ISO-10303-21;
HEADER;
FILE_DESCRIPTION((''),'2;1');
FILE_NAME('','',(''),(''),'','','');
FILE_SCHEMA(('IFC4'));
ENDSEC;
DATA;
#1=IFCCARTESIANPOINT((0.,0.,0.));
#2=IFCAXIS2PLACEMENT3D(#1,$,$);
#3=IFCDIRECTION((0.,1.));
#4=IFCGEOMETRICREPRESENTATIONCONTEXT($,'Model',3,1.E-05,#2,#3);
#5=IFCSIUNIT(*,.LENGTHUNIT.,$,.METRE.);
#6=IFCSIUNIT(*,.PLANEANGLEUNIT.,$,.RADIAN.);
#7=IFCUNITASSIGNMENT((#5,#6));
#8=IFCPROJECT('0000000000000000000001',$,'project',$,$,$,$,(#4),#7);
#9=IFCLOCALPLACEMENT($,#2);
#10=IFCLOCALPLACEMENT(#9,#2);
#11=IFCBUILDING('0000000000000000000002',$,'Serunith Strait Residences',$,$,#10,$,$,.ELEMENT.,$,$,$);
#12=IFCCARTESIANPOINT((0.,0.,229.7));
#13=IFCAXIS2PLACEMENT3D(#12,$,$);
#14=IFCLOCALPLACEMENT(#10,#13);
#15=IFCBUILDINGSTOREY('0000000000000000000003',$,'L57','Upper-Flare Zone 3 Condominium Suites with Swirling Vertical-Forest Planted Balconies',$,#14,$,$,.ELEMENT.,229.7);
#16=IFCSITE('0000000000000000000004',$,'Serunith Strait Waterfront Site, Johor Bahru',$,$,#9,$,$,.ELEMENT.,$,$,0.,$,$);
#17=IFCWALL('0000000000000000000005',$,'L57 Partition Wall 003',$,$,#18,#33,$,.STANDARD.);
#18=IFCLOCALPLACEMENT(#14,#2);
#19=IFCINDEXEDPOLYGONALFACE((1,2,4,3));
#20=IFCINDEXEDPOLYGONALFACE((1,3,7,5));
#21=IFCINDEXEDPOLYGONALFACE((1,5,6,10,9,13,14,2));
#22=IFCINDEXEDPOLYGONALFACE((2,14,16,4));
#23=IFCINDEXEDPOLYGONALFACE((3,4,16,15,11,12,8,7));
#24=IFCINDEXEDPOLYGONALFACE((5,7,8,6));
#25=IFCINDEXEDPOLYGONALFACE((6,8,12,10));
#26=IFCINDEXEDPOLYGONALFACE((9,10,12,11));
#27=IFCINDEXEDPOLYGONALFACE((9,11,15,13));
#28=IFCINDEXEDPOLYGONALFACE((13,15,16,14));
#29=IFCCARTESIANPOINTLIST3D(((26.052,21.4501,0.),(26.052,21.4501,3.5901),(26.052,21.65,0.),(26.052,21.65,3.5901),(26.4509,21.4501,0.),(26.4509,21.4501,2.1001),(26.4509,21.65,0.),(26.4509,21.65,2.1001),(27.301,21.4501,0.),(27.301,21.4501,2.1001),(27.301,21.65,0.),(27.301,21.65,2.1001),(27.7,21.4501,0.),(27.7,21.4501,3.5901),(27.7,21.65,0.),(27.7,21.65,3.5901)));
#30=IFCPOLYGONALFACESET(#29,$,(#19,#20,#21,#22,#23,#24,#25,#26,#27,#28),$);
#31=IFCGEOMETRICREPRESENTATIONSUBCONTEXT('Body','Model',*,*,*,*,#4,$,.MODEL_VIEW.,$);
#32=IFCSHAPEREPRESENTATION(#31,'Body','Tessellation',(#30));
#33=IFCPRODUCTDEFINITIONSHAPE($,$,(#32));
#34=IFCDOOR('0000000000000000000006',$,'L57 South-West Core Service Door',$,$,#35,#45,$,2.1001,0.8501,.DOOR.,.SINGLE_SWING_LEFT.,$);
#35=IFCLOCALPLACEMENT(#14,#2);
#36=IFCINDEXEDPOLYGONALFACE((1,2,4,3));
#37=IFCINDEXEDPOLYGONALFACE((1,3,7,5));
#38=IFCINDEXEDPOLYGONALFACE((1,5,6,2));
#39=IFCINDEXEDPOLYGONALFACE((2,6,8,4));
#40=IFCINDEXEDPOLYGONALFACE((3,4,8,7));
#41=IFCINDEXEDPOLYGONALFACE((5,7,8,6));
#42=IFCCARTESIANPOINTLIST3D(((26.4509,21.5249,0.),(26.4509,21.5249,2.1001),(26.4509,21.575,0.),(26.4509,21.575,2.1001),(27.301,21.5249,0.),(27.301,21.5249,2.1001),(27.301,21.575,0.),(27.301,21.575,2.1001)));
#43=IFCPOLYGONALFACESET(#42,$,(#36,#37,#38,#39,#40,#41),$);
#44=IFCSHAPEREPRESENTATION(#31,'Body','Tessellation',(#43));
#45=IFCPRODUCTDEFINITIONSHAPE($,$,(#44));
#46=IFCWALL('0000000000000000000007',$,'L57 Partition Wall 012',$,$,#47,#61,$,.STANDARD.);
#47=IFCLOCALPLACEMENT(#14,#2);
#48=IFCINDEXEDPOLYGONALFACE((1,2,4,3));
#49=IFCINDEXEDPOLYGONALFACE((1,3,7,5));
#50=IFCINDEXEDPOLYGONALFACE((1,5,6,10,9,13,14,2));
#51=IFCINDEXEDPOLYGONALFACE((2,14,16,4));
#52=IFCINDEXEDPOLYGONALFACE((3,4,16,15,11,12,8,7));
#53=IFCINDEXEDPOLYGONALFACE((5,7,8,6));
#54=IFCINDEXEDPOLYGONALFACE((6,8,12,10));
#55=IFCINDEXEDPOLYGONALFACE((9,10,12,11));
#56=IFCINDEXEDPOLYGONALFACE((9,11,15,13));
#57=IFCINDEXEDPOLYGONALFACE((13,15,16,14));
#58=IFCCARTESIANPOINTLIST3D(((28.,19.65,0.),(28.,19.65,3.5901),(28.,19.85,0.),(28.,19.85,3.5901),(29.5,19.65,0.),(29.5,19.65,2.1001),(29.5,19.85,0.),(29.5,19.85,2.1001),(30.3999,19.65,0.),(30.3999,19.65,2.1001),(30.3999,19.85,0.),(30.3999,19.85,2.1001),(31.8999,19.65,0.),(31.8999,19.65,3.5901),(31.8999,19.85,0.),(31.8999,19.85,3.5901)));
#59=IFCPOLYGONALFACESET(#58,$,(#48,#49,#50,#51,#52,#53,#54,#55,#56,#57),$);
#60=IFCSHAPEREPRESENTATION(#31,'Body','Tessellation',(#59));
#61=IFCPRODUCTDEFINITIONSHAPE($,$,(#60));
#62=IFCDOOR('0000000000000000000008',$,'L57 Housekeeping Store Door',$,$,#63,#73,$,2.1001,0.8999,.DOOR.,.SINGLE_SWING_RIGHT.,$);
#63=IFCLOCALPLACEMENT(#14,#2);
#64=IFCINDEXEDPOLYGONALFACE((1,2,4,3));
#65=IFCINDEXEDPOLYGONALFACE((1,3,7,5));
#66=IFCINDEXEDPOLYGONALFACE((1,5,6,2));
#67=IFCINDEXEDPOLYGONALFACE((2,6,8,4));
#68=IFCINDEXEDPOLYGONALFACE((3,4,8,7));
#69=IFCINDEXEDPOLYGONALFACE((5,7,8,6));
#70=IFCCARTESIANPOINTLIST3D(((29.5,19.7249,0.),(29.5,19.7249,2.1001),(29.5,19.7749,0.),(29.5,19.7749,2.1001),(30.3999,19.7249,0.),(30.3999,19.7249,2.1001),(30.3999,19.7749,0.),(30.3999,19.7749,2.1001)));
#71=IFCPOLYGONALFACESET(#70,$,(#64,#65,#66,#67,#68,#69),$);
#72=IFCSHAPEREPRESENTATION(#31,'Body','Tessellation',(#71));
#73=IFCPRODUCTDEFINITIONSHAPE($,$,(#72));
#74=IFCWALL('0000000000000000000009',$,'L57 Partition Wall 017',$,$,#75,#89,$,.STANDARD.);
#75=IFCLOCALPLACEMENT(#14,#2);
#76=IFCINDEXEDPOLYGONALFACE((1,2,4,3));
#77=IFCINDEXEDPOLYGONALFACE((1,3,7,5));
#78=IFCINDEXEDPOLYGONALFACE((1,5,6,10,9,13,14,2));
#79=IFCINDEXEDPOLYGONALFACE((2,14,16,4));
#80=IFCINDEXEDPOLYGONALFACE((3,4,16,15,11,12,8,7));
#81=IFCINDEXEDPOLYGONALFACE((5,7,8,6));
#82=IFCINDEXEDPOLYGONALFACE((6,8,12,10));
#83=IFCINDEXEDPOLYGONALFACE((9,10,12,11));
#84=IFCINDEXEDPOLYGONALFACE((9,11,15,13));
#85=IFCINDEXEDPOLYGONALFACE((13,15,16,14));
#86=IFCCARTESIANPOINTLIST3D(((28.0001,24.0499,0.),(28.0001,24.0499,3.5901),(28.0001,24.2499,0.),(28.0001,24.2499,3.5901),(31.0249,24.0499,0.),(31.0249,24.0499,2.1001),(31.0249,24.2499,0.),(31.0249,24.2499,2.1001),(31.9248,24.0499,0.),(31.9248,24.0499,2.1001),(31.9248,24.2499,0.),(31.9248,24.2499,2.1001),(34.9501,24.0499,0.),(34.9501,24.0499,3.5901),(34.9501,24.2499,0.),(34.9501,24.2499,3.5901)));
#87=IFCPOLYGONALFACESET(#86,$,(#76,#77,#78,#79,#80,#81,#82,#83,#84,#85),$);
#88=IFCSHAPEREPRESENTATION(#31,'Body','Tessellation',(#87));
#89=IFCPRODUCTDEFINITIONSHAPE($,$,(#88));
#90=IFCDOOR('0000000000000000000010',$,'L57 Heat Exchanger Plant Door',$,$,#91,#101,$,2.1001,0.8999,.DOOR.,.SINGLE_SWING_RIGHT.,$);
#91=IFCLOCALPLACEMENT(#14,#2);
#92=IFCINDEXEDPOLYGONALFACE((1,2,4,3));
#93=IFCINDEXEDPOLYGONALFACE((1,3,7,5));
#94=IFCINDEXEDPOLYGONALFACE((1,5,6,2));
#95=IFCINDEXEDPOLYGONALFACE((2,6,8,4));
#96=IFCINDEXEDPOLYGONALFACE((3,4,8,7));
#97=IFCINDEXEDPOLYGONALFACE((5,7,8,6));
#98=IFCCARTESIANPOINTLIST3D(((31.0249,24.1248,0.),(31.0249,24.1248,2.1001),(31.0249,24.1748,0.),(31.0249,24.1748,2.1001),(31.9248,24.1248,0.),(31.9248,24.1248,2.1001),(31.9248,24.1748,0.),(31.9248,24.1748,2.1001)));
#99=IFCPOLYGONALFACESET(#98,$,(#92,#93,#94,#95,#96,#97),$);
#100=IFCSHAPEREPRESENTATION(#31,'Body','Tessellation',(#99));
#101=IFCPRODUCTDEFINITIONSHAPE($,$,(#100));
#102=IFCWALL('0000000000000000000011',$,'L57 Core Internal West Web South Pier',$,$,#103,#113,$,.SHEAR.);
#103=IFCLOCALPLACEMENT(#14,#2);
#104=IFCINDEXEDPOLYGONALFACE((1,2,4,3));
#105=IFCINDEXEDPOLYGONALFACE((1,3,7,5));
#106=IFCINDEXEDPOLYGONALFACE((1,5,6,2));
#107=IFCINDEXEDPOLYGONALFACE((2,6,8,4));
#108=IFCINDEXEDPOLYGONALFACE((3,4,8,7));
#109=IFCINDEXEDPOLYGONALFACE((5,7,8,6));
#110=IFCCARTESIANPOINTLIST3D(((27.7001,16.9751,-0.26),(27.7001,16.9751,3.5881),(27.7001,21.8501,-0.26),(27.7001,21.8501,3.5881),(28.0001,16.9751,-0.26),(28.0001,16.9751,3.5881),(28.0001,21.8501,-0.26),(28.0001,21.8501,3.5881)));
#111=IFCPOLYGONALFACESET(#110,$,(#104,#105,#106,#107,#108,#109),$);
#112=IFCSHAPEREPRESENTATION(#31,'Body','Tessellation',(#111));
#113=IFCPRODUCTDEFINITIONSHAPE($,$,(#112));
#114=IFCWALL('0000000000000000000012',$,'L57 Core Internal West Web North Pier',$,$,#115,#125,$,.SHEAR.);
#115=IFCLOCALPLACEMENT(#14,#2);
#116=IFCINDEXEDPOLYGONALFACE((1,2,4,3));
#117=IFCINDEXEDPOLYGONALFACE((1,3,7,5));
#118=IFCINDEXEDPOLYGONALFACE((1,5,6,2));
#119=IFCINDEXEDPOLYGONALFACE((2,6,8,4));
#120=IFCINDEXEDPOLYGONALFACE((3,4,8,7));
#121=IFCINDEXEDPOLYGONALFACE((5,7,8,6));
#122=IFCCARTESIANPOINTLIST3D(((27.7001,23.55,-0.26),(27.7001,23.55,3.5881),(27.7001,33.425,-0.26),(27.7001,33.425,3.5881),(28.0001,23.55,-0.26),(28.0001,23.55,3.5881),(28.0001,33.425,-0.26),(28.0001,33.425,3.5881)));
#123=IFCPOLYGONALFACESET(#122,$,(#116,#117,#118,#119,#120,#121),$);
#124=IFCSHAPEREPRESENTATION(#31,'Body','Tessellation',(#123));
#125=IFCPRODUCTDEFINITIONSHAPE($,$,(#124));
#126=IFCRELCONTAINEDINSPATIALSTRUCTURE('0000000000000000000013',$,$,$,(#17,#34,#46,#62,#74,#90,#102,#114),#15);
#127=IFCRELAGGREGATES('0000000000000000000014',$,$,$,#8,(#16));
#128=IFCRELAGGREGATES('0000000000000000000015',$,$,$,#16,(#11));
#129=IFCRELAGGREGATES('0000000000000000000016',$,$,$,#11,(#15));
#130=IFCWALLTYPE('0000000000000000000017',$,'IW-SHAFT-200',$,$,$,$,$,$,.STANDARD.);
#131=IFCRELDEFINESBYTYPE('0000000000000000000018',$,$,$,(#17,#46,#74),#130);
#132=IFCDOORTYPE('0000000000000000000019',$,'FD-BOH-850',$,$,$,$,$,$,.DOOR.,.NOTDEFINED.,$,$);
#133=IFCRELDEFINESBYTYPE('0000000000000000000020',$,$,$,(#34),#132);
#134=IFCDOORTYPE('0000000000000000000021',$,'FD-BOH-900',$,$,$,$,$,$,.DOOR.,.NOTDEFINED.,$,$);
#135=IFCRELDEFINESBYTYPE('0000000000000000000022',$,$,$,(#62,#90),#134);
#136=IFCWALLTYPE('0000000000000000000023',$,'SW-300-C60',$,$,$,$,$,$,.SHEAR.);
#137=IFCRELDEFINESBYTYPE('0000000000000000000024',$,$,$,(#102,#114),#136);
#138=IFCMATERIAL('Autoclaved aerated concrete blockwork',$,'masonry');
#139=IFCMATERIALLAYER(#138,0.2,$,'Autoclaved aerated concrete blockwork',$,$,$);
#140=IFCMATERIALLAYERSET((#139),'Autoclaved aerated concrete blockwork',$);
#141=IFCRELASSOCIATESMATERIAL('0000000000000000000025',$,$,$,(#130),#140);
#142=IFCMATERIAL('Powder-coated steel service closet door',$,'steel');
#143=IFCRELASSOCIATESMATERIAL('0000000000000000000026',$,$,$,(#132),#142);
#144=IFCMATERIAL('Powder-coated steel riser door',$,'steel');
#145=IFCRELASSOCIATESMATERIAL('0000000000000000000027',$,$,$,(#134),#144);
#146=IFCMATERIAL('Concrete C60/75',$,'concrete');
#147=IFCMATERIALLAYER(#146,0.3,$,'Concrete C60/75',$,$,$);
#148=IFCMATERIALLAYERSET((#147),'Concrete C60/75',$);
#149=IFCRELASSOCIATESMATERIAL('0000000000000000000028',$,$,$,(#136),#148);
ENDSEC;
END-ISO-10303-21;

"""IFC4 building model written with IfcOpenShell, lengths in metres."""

from ifc_helpers import new_model, si_unit, direction, frame, frame_2d, origin, place, context, subcontext, project, spatial, rectangle, extrude, source, transform, mapped, material, layer, layer_set, type_object, element, fill, save


model = new_model("IFC4")

# Units and contexts
model_context = context("Model", 3, precision=1e-05, world=origin(), true_north=direction((0.0, 1.0)))
body_context = subcontext(model_context, "Body", "Model", "MODEL_VIEW")
ifc_project = project(units=[si_unit("LENGTHUNIT", "METRE"), si_unit("PLANEANGLEUNIT", "RADIAN")], contexts=[model_context])

# Site, building, storey
site_placement = place(None, origin())
site = spatial("IfcSite", under=ifc_project, at=site_placement, Name="Serunith Strait Waterfront Site, Johor Bahru", CompositionType="ELEMENT", RefElevation=0.0)
building_placement = place(site_placement, origin())
building = spatial("IfcBuilding", under=site, at=building_placement, Name="Serunith Strait Residences", CompositionType="ELEMENT")
storey_placement = place(building_placement, frame((0.0, 0.0, 229.7)))
storey = spatial("IfcBuildingStorey", under=building, at=storey_placement, Name="L57", Description="Upper-Flare Zone 3 Condominium Suites with Swirling Vertical-Forest Planted Balconies", CompositionType="ELEMENT", Elevation=229.7)

# Shared definitions
shared_shape_1 = source(origin(), body_context, "Body", "SweptSolid", [
    extrude(rectangle(XDim=0.8501, YDim=2.1001, at=frame_2d((0.425, 1.05))), frame((0.0, 0.0249, 0.0), z_axis=(0.0, -1.0, 0.0), x_axis=(1.0, 0.0, 0.0)), (0.0, 0.0, 1.0), 0.05),
])
shared_shape_2 = source(origin(), body_context, "Body", "SweptSolid", [
    extrude(rectangle(XDim=0.8999, YDim=2.1001, at=frame_2d((0.45, 1.05))), frame((0.0, 0.0249, 0.0), z_axis=(0.0, -1.0, 0.0), x_axis=(1.0, 0.0, 0.0)), (0.0, 0.0, 1.0), 0.05),
])

# Shared definitions
ifc_material_1 = material(Name="Autoclaved aerated concrete blockwork", Category="masonry")
ifc_layer_1 = layer(ifc_material_1, 0.2, Name="Autoclaved aerated concrete blockwork")
ifc_layer_set_1 = layer_set([ifc_layer_1], Name="Autoclaved aerated concrete blockwork")
wall_type_1 = type_object("IfcWallType", Name="IW-SHAFT-200", PredefinedType="STANDARD", material=ifc_layer_set_1)

# Walls, openings, doors
wall_1_placement = place(storey_placement, frame((26.052, 21.55, 0.0), z_axis=(0.0, 0.0, 1.0), x_axis=(1.0, 0.0, 0.0)))
wall_1 = element("IfcWall", 1, at=wall_1_placement, inside=storey, type_object=wall_type_1, Name="L57 Partition Wall 003", PredefinedType="STANDARD", context=body_context, shape_type="SweptSolid", body=[
    extrude(rectangle(XDim=1.6479, YDim=0.2, at=frame_2d((0.824, 0.0))), origin(), (0.0, 0.0, 1.0), 3.5901),
])
opening_1_placement = place(wall_1_placement, frame((0.3989, 0.0, 0.0)))
opening_1 = element("IfcOpeningElement", 2, at=opening_1_placement, cuts=wall_1, PredefinedType="OPENING", context=body_context, shape_type="SweptSolid", body=[
    extrude(rectangle(XDim=0.8501, YDim=2.1001, at=frame_2d((0.425, 1.05))), frame((0.0, 0.1099, 0.0), z_axis=(0.0, -1.0, 0.0), x_axis=(1.0, 0.0, 0.0)), (0.0, 0.0, 1.0), 0.22),
])
ifc_material_2 = material(Name="Powder-coated steel service closet door", Category="steel")
door_type_1 = type_object("IfcDoorType", Name="FD-BOH-850", OperationType="NOTDEFINED", PredefinedType="DOOR", material=ifc_material_2)
door_1_placement = place(opening_1_placement, origin())
door_1 = element("IfcDoor", 3, at=door_1_placement, inside=storey, type_object=door_type_1, Name="L57 South-West Core Service Door", OperationType="SINGLE_SWING_LEFT", OverallHeight=2.1001, OverallWidth=0.8501, PredefinedType="DOOR", context=body_context, shape_type="MappedRepresentation", body=[
    mapped(shared_shape_1, transform((0.0, 0.0, 0.0), scale=1.0)),
])
fill(opening_1, door_1)
wall_2_placement = place(storey_placement, frame((28.0, 19.75, 0.0), z_axis=(0.0, 0.0, 1.0), x_axis=(1.0, 0.0, 0.0)))
wall_2 = element("IfcWall", 4, at=wall_2_placement, inside=storey, type_object=wall_type_1, Name="L57 Partition Wall 012", PredefinedType="STANDARD", context=body_context, shape_type="SweptSolid", body=[
    extrude(rectangle(XDim=3.8999, YDim=0.2, at=frame_2d((1.95, 0.0))), origin(), (0.0, 0.0, 1.0), 3.5901),
])
opening_2_placement = place(wall_2_placement, frame((1.5, 0.0, 0.0)))
opening_2 = element("IfcOpeningElement", 5, at=opening_2_placement, cuts=wall_2, PredefinedType="OPENING", context=body_context, shape_type="SweptSolid", body=[
    extrude(rectangle(XDim=0.8999, YDim=2.1001, at=frame_2d((0.45, 1.05))), frame((0.0, 0.1099, 0.0), z_axis=(0.0, -1.0, 0.0), x_axis=(1.0, 0.0, 0.0)), (0.0, 0.0, 1.0), 0.22),
])
ifc_material_3 = material(Name="Powder-coated steel riser door", Category="steel")
door_type_2 = type_object("IfcDoorType", Name="FD-BOH-900", OperationType="NOTDEFINED", PredefinedType="DOOR", material=ifc_material_3)
door_2_placement = place(opening_2_placement, origin())
door_2 = element("IfcDoor", 6, at=door_2_placement, inside=storey, type_object=door_type_2, Name="L57 Housekeeping Store Door", OperationType="SINGLE_SWING_RIGHT", OverallHeight=2.1001, OverallWidth=0.8999, PredefinedType="DOOR", context=body_context, shape_type="MappedRepresentation", body=[
    mapped(shared_shape_2, transform((0.0, 0.0, 0.0), scale=1.0)),
])
fill(opening_2, door_2)
wall_3_placement = place(storey_placement, frame((28.0, 24.1499, 0.0), z_axis=(0.0, 0.0, 1.0), x_axis=(1.0, 0.0, 0.0)))
wall_3 = element("IfcWall", 7, at=wall_3_placement, inside=storey, type_object=wall_type_1, Name="L57 Partition Wall 017", PredefinedType="STANDARD", context=body_context, shape_type="SweptSolid", body=[
    extrude(rectangle(XDim=6.95, YDim=0.2, at=frame_2d((3.4751, 0.0))), origin(), (0.0, 0.0, 1.0), 3.5901),
])
opening_3_placement = place(wall_3_placement, frame((3.0249, 0.0, 0.0)))
opening_3 = element("IfcOpeningElement", 8, at=opening_3_placement, cuts=wall_3, PredefinedType="OPENING", context=body_context, shape_type="SweptSolid", body=[
    extrude(rectangle(XDim=0.8999, YDim=2.1001, at=frame_2d((0.45, 1.05))), frame((0.0, 0.1099, 0.0), z_axis=(0.0, -1.0, 0.0), x_axis=(1.0, 0.0, 0.0)), (0.0, 0.0, 1.0), 0.22),
])
door_3_placement = place(opening_3_placement, origin())
door_3 = element("IfcDoor", 9, at=door_3_placement, inside=storey, type_object=door_type_2, Name="L57 Heat Exchanger Plant Door", OperationType="SINGLE_SWING_RIGHT", OverallHeight=2.1001, OverallWidth=0.8999, PredefinedType="DOOR", context=body_context, shape_type="MappedRepresentation", body=[
    mapped(shared_shape_2, transform((0.0, 0.0, 0.0), scale=1.0)),
])
fill(opening_3, door_3)

# Walls
ifc_material_4 = material(Name="Concrete C60/75", Category="concrete")
ifc_layer_2 = layer(ifc_material_4, 0.3, Name="Concrete C60/75")
ifc_layer_set_2 = layer_set([ifc_layer_2], Name="Concrete C60/75")
wall_type_2 = type_object("IfcWallType", Name="SW-300-C60", PredefinedType="SHEAR", material=ifc_layer_set_2)
wall_4_placement = place(storey_placement, frame((27.8501, 16.9751, -0.26), z_axis=(0.0, 0.0, 1.0), x_axis=(0.0, 1.0, 0.0)))
element("IfcWall", 10, at=wall_4_placement, inside=storey, type_object=wall_type_2, Name="L57 Core Internal West Web South Pier", PredefinedType="SHEAR", context=body_context, shape_type="SweptSolid", body=[
    extrude(rectangle(XDim=4.875, YDim=0.3, at=frame_2d((2.4375, 0.0))), origin(), (0.0, 0.0, 1.0), 3.8481),
])
wall_5_placement = place(storey_placement, frame((27.8501, 23.55, -0.26), z_axis=(0.0, 0.0, 1.0), x_axis=(0.0, 1.0, 0.0)))
element("IfcWall", 11, at=wall_5_placement, inside=storey, type_object=wall_type_2, Name="L57 Core Internal West Web North Pier", PredefinedType="SHEAR", context=body_context, shape_type="SweptSolid", body=[
    extrude(rectangle(XDim=9.875, YDim=0.3, at=frame_2d((4.9375, 0.0))), origin(), (0.0, 0.0, 1.0), 3.8481),
])

save(model, "model.ifc")
